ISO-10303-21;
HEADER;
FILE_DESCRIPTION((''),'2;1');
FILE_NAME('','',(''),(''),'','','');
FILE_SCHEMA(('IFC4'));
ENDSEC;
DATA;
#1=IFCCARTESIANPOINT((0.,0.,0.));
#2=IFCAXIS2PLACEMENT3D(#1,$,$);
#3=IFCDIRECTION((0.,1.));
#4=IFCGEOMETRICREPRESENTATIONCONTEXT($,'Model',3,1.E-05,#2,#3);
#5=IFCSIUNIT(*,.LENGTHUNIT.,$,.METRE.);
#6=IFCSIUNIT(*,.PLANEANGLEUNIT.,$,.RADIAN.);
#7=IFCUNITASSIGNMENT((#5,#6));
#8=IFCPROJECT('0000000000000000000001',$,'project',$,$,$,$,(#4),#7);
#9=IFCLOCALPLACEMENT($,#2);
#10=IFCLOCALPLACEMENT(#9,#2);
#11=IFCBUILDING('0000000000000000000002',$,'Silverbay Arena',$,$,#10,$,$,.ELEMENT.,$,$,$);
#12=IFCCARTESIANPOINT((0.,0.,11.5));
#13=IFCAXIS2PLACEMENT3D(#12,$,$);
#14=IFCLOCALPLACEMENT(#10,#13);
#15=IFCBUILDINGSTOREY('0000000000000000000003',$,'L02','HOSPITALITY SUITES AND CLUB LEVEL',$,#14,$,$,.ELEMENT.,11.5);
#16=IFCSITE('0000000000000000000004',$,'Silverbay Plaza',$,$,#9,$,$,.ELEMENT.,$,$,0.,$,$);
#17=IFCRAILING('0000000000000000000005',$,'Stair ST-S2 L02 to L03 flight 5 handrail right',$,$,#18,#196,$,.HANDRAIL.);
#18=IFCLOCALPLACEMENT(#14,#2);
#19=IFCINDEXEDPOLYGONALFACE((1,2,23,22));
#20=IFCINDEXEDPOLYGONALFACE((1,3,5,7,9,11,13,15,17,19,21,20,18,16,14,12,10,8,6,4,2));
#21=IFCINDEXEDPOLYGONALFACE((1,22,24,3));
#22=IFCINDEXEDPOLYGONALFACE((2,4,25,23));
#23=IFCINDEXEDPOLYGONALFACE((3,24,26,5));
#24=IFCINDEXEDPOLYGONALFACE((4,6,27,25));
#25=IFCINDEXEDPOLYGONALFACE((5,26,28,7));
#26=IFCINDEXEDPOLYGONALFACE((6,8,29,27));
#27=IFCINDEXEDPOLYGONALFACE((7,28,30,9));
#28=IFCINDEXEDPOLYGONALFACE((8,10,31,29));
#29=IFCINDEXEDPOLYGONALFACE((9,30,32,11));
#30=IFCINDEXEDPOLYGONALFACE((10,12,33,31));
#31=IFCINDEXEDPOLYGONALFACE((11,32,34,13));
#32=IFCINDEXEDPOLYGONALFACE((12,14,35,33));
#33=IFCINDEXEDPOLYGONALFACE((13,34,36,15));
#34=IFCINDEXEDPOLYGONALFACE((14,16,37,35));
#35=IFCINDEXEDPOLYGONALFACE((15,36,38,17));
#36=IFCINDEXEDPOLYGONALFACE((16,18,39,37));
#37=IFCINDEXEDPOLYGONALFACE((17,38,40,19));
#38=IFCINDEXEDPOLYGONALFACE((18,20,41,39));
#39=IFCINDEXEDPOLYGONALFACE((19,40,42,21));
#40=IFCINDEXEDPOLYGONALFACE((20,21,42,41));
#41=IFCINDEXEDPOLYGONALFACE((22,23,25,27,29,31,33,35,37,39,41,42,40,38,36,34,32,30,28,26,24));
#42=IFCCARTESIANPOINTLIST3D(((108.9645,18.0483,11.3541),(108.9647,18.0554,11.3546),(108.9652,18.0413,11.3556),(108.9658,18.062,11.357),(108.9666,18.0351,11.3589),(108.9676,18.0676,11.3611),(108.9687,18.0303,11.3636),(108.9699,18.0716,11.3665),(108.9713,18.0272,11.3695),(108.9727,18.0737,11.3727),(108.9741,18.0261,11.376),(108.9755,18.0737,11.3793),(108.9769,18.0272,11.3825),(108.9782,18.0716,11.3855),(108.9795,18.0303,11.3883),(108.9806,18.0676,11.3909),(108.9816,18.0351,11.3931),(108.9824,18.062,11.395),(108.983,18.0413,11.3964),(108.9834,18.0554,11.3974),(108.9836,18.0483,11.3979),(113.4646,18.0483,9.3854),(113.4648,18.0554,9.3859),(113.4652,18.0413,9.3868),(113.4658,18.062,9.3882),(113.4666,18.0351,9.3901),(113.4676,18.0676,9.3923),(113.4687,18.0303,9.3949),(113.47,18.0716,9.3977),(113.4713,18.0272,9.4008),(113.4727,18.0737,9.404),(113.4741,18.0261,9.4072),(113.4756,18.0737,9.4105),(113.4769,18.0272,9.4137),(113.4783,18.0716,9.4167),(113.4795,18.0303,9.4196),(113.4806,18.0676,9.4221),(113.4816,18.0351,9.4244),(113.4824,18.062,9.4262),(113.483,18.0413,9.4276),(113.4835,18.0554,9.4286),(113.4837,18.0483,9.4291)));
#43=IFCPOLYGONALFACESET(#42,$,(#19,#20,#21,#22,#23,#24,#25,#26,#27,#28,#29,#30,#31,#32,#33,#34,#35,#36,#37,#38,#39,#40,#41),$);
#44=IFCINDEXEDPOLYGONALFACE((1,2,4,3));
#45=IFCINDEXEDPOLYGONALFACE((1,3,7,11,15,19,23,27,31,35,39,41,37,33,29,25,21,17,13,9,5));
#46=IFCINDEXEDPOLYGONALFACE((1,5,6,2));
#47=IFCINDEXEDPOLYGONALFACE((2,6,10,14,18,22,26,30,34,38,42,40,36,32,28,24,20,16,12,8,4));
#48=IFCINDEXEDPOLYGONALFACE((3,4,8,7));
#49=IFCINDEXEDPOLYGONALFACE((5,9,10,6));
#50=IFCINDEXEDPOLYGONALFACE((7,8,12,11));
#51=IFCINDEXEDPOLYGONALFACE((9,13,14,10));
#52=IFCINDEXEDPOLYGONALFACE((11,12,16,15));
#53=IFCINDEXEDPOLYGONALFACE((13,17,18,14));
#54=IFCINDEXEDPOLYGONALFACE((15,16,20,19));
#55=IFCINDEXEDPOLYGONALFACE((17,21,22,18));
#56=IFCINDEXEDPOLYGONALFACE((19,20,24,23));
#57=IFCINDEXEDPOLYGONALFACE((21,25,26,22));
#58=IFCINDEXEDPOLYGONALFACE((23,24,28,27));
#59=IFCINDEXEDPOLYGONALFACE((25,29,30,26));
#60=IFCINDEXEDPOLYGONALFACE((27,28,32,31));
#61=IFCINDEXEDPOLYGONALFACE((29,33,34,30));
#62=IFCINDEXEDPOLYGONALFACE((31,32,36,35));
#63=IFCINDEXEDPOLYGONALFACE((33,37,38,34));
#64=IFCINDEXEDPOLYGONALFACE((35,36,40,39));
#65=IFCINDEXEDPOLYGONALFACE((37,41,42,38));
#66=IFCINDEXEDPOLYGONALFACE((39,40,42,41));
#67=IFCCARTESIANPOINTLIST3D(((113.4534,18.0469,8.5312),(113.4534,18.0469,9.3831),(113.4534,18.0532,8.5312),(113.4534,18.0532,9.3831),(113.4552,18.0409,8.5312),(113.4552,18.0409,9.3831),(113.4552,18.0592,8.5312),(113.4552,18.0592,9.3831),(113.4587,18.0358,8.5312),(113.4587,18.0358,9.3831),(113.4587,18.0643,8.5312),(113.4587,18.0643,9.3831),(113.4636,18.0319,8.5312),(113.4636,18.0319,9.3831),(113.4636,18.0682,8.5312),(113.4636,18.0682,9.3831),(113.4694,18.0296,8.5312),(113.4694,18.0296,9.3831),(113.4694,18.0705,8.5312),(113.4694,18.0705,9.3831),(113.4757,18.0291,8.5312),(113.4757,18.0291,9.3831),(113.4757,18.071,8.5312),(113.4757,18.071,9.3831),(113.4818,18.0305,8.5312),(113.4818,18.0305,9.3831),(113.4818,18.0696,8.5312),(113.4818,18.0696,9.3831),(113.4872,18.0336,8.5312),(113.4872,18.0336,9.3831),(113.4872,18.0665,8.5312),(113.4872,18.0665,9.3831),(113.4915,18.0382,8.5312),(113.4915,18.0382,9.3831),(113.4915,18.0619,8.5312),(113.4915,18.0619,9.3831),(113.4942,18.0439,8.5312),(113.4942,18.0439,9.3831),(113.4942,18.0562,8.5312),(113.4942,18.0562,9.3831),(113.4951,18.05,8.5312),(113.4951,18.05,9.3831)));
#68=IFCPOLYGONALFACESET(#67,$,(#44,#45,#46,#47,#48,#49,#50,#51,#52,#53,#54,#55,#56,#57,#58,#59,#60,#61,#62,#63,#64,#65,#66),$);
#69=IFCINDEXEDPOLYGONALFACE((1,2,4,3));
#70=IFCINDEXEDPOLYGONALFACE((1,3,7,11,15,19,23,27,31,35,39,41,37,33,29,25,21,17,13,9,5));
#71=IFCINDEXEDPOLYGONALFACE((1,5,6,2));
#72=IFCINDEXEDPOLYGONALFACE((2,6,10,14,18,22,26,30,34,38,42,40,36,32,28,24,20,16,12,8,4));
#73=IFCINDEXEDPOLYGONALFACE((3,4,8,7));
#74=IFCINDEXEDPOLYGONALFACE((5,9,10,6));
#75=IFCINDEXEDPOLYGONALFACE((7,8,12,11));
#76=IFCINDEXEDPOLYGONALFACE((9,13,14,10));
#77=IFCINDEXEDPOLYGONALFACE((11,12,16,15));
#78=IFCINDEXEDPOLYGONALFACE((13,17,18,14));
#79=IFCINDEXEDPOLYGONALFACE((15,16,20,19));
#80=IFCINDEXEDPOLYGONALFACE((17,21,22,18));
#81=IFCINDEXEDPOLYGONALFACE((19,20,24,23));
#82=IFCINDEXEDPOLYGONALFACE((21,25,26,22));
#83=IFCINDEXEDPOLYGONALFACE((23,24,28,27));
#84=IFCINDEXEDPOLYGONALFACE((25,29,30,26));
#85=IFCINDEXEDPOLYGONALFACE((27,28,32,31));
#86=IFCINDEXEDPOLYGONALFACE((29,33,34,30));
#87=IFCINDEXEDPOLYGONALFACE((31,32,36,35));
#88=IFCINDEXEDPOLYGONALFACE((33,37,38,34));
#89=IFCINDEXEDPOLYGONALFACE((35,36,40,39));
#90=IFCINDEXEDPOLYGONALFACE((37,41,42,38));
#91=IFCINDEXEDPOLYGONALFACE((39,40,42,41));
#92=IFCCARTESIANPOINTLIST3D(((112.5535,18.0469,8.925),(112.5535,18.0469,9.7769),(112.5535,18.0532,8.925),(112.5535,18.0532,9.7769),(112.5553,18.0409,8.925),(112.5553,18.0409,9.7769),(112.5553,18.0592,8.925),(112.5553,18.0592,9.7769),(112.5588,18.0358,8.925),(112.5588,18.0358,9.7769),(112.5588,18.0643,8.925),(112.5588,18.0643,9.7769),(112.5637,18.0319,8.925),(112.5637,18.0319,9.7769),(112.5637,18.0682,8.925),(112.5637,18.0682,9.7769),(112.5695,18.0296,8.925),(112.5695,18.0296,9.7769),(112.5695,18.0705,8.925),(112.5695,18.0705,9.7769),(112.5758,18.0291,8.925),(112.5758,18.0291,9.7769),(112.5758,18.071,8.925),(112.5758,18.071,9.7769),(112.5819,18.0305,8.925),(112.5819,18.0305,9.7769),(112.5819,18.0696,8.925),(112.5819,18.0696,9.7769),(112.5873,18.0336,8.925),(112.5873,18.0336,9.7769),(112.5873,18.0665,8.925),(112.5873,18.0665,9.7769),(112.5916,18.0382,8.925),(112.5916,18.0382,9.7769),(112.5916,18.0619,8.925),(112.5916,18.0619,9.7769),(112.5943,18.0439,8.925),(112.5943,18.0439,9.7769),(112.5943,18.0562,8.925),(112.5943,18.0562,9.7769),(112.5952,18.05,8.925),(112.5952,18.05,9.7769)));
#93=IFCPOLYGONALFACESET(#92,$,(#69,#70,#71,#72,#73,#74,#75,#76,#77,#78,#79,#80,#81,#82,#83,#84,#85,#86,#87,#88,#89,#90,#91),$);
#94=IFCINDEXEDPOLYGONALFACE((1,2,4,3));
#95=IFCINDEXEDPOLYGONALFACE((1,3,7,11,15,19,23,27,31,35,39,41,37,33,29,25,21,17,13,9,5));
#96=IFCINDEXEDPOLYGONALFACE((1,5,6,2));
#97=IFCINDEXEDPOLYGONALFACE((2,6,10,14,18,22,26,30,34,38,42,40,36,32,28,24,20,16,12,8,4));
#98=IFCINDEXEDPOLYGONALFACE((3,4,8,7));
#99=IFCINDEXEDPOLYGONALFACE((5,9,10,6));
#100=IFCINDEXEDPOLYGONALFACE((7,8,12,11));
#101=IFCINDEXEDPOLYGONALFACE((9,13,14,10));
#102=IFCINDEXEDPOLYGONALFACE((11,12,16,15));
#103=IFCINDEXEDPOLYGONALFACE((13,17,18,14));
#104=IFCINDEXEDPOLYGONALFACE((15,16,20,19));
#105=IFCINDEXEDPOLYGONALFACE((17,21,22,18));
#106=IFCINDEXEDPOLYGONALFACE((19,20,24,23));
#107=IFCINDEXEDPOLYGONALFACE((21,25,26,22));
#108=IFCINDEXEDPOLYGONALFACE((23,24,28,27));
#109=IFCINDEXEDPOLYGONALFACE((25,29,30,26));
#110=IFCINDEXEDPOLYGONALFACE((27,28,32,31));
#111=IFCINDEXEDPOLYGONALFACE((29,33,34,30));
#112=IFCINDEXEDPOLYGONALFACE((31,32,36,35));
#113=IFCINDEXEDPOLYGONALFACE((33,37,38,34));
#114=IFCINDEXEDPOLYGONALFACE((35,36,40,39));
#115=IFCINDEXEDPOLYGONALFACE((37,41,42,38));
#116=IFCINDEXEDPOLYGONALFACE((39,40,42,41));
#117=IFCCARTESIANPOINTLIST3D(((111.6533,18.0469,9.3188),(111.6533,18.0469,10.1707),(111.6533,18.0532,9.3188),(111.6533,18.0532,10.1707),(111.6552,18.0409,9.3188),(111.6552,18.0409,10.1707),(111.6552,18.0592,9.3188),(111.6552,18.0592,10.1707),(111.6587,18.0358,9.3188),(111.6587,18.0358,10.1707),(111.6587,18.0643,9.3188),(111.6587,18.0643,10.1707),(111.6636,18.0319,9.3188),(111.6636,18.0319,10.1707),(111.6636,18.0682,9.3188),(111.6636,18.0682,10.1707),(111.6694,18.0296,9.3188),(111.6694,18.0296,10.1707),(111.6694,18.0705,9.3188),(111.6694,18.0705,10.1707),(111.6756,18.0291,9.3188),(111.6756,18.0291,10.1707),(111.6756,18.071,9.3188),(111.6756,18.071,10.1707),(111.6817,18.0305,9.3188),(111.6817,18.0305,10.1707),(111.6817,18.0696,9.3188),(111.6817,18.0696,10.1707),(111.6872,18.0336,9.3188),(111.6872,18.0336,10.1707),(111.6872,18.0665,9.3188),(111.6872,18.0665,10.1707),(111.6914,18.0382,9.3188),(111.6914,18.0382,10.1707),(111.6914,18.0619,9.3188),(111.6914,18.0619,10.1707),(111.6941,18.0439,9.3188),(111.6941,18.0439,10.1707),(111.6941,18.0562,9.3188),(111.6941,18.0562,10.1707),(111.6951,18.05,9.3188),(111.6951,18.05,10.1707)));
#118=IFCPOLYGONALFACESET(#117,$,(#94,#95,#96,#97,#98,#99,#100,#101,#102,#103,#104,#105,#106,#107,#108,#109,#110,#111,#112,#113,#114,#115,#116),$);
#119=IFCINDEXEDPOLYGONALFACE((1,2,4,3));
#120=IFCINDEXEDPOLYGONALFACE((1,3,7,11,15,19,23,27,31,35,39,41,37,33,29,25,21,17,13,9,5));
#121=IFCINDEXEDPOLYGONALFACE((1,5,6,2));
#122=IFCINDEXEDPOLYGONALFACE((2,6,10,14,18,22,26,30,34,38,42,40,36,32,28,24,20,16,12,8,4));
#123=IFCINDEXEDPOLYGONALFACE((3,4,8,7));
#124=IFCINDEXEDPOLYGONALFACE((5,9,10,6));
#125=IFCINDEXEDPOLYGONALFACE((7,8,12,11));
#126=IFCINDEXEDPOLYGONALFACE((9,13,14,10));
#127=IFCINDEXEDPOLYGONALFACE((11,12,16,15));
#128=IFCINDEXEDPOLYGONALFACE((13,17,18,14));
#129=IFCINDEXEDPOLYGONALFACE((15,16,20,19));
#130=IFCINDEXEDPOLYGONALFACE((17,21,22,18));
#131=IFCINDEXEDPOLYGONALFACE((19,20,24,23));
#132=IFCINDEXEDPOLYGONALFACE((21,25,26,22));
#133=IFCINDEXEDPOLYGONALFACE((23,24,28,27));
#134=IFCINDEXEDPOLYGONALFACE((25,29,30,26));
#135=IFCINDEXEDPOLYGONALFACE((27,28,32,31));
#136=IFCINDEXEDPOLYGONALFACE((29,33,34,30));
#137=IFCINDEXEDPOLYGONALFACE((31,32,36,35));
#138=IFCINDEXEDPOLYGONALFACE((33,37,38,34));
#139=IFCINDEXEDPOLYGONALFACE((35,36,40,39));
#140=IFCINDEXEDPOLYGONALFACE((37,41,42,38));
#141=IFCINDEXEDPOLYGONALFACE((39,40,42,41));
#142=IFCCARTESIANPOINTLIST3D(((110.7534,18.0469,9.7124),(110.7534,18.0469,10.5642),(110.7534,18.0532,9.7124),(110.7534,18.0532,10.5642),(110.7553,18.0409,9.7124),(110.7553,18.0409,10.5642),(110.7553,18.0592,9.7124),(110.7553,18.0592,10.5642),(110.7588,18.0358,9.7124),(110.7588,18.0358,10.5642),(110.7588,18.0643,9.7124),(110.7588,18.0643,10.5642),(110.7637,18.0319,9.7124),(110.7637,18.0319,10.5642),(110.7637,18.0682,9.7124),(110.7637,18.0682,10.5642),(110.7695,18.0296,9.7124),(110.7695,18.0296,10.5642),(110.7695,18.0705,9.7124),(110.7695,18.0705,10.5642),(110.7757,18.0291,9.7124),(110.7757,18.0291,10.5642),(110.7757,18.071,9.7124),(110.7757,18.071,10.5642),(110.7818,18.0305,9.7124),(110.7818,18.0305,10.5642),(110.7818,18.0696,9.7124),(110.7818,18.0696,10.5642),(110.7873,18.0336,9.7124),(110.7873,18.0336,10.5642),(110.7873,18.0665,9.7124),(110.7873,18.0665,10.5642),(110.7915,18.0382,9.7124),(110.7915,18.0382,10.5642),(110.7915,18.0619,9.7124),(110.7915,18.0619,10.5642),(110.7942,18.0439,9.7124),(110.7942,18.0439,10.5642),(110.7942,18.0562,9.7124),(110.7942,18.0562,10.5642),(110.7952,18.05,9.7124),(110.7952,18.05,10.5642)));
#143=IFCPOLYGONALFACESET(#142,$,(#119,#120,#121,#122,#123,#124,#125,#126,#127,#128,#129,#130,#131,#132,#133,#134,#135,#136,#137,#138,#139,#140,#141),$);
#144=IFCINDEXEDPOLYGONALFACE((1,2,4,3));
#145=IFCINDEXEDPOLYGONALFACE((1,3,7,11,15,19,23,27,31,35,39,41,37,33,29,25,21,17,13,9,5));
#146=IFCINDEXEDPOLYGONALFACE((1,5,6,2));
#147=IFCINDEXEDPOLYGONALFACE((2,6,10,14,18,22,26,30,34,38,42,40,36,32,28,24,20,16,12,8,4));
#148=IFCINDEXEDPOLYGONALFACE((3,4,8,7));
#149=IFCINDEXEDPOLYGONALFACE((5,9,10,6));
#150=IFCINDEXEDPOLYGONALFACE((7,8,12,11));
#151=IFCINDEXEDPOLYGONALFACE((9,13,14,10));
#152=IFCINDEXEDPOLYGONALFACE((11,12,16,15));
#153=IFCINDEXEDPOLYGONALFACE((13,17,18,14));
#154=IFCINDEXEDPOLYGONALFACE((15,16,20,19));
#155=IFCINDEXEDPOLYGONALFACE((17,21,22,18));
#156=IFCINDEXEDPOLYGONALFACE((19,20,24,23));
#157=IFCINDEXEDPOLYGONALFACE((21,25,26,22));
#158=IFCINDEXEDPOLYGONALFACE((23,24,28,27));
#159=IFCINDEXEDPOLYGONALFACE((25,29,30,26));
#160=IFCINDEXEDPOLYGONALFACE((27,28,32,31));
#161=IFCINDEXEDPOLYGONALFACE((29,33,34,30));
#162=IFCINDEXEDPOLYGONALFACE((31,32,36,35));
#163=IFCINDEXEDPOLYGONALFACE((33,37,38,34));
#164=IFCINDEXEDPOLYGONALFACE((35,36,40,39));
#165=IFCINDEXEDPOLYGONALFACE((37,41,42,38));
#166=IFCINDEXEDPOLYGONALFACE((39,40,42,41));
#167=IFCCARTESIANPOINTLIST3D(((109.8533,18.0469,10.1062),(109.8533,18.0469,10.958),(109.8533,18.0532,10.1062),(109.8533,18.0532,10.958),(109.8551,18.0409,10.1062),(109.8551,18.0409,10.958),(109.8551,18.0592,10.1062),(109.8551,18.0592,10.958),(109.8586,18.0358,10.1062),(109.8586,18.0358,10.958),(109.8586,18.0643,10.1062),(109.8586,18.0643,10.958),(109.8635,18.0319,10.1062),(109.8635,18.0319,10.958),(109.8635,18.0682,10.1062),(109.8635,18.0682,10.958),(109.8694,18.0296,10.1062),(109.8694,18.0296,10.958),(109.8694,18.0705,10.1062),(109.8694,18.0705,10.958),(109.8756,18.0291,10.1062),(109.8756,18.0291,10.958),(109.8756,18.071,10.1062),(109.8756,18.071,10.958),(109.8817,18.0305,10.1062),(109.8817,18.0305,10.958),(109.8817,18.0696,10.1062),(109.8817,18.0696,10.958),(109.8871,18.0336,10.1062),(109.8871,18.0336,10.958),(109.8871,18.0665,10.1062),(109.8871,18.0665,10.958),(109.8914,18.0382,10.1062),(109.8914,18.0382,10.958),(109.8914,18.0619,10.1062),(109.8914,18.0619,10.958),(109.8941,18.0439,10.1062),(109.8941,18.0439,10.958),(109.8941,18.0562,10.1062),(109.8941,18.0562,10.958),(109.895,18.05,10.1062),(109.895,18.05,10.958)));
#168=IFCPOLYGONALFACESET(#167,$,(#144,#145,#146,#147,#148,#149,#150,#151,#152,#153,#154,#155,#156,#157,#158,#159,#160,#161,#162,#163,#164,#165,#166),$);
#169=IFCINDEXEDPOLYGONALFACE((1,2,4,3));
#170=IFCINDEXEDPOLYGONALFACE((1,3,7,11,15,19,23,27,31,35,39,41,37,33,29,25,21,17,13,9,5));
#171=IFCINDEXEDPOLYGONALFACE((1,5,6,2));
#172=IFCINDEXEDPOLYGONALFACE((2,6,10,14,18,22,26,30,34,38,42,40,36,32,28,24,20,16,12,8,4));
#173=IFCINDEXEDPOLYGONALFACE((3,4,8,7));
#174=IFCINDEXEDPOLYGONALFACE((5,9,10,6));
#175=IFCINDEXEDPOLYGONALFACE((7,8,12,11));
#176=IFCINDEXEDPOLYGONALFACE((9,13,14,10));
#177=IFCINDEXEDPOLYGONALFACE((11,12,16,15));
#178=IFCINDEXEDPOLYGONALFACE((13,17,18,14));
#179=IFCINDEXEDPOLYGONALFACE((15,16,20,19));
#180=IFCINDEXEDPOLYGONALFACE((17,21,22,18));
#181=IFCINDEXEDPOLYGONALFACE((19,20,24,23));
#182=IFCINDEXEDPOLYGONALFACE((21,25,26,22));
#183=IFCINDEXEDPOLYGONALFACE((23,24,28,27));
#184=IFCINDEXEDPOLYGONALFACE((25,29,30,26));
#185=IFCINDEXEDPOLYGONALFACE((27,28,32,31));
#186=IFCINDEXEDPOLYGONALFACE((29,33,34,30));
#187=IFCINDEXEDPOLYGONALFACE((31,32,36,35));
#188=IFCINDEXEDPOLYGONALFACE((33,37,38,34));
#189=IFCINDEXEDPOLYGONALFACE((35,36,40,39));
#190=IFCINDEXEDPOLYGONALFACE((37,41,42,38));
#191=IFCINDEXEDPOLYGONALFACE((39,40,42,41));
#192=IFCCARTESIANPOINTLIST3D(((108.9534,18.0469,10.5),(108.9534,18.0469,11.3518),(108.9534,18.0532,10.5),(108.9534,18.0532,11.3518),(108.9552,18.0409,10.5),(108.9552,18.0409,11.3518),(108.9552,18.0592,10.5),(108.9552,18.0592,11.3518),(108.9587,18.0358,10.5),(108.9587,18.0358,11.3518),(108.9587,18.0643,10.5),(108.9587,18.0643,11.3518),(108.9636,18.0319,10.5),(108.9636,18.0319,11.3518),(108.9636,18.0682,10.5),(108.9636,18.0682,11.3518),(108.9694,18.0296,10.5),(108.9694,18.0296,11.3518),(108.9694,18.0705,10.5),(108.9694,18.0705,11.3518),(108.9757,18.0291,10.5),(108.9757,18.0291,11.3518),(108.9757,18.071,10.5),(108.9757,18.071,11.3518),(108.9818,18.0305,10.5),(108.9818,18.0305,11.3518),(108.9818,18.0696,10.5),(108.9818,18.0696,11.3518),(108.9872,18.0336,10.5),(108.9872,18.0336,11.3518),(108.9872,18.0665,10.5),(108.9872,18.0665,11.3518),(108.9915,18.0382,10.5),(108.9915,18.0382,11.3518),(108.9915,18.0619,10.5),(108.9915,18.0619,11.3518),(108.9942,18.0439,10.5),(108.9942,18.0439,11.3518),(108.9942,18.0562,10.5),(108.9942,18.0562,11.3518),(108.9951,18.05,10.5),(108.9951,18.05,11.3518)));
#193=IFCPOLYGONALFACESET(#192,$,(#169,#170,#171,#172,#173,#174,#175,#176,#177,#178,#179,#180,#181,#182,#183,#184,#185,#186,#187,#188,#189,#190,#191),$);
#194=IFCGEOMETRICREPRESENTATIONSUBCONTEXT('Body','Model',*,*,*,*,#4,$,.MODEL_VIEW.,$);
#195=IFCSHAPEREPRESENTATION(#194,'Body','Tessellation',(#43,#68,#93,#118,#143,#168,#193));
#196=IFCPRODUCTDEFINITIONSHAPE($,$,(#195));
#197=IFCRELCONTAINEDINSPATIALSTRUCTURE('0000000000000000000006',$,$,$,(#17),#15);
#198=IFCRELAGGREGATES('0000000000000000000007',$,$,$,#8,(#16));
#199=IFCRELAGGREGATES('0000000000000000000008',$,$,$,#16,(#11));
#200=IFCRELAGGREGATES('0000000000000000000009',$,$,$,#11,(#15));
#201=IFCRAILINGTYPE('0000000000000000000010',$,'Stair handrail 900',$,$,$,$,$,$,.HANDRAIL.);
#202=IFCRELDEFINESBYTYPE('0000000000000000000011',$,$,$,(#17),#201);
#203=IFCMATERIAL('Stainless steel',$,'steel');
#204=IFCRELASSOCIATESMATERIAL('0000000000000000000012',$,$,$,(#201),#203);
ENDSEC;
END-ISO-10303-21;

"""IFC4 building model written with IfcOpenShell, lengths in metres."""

from ifc_helpers import new_model, si_unit, direction, frame, origin, origin_2d, place, context, subcontext, project, spatial, circle, extrude, material, type_object, element, save


model = new_model("IFC4")

# Units and contexts
model_context = context("Model", 3, precision=1e-05, world=origin(), true_north=direction((0.0, 1.0)))
body_context = subcontext(model_context, "Body", "Model", "MODEL_VIEW")
ifc_project = project(units=[si_unit("LENGTHUNIT", "METRE"), si_unit("PLANEANGLEUNIT", "RADIAN")], contexts=[model_context])

# Site, building, storey
site_placement = place(None, origin())
site = spatial("IfcSite", under=ifc_project, at=site_placement, Name="Silverbay Plaza", CompositionType="ELEMENT", RefElevation=0.0)
building_placement = place(site_placement, origin())
building = spatial("IfcBuilding", under=site, at=building_placement, Name="Silverbay Arena", CompositionType="ELEMENT")
storey_placement = place(building_placement, frame((0.0, 0.0, 11.5)))
storey = spatial("IfcBuildingStorey", under=building, at=storey_placement, Name="L02", Description="HOSPITALITY SUITES AND CLUB LEVEL", CompositionType="ELEMENT", Elevation=11.5)

# Railing
ifc_material_1 = material(Name="Stainless steel", Category="steel")
railing_type = type_object("IfcRailingType", Name="Stair handrail 900", PredefinedType="HANDRAIL", material=ifc_material_1)
railing_1_placement = place(storey_placement, frame((113.4741, 18.05, 8.5312)))
element("IfcRailing", 1, at=railing_1_placement, inside=storey, type_object=railing_type, Name="Stair ST-S2 L02 to L03 flight 5 handrail right", PredefinedType="HANDRAIL", context=body_context, shape_type="SweptSolid", body=[
    extrude(circle(Radius=0.0239, at=origin_2d()), frame((0.0, 0.0, 0.876), z_axis=(-0.916157, 0.0, 0.400819), x_axis=(0.0, -1.0, 0.0)), (0.0, 0.0, 1.0), 4.9119),
    extrude(circle(Radius=0.021, at=origin_2d()), origin(), (0.0, 0.0, 1.0), 0.8518),
    extrude(circle(Radius=0.021, at=origin_2d()), frame((-0.8999, 0.0, 0.3938)), (0.0, 0.0, 1.0), 0.8518),
    extrude(circle(Radius=0.021, at=origin_2d()), frame((-1.8, 0.0, 0.7876)), (0.0, 0.0, 1.0), 0.8518),
    extrude(circle(Radius=0.021, at=origin_2d()), frame((-2.7, 0.0, 1.1812)), (0.0, 0.0, 1.0), 0.8518),
    extrude(circle(Radius=0.021, at=origin_2d()), frame((-3.6001, 0.0, 1.575)), (0.0, 0.0, 1.0), 0.8518),
    extrude(circle(Radius=0.021, at=origin_2d()), frame((-4.5, 0.0, 1.9688)), (0.0, 0.0, 1.0), 0.8518),
])

save(model, "model.ifc")
